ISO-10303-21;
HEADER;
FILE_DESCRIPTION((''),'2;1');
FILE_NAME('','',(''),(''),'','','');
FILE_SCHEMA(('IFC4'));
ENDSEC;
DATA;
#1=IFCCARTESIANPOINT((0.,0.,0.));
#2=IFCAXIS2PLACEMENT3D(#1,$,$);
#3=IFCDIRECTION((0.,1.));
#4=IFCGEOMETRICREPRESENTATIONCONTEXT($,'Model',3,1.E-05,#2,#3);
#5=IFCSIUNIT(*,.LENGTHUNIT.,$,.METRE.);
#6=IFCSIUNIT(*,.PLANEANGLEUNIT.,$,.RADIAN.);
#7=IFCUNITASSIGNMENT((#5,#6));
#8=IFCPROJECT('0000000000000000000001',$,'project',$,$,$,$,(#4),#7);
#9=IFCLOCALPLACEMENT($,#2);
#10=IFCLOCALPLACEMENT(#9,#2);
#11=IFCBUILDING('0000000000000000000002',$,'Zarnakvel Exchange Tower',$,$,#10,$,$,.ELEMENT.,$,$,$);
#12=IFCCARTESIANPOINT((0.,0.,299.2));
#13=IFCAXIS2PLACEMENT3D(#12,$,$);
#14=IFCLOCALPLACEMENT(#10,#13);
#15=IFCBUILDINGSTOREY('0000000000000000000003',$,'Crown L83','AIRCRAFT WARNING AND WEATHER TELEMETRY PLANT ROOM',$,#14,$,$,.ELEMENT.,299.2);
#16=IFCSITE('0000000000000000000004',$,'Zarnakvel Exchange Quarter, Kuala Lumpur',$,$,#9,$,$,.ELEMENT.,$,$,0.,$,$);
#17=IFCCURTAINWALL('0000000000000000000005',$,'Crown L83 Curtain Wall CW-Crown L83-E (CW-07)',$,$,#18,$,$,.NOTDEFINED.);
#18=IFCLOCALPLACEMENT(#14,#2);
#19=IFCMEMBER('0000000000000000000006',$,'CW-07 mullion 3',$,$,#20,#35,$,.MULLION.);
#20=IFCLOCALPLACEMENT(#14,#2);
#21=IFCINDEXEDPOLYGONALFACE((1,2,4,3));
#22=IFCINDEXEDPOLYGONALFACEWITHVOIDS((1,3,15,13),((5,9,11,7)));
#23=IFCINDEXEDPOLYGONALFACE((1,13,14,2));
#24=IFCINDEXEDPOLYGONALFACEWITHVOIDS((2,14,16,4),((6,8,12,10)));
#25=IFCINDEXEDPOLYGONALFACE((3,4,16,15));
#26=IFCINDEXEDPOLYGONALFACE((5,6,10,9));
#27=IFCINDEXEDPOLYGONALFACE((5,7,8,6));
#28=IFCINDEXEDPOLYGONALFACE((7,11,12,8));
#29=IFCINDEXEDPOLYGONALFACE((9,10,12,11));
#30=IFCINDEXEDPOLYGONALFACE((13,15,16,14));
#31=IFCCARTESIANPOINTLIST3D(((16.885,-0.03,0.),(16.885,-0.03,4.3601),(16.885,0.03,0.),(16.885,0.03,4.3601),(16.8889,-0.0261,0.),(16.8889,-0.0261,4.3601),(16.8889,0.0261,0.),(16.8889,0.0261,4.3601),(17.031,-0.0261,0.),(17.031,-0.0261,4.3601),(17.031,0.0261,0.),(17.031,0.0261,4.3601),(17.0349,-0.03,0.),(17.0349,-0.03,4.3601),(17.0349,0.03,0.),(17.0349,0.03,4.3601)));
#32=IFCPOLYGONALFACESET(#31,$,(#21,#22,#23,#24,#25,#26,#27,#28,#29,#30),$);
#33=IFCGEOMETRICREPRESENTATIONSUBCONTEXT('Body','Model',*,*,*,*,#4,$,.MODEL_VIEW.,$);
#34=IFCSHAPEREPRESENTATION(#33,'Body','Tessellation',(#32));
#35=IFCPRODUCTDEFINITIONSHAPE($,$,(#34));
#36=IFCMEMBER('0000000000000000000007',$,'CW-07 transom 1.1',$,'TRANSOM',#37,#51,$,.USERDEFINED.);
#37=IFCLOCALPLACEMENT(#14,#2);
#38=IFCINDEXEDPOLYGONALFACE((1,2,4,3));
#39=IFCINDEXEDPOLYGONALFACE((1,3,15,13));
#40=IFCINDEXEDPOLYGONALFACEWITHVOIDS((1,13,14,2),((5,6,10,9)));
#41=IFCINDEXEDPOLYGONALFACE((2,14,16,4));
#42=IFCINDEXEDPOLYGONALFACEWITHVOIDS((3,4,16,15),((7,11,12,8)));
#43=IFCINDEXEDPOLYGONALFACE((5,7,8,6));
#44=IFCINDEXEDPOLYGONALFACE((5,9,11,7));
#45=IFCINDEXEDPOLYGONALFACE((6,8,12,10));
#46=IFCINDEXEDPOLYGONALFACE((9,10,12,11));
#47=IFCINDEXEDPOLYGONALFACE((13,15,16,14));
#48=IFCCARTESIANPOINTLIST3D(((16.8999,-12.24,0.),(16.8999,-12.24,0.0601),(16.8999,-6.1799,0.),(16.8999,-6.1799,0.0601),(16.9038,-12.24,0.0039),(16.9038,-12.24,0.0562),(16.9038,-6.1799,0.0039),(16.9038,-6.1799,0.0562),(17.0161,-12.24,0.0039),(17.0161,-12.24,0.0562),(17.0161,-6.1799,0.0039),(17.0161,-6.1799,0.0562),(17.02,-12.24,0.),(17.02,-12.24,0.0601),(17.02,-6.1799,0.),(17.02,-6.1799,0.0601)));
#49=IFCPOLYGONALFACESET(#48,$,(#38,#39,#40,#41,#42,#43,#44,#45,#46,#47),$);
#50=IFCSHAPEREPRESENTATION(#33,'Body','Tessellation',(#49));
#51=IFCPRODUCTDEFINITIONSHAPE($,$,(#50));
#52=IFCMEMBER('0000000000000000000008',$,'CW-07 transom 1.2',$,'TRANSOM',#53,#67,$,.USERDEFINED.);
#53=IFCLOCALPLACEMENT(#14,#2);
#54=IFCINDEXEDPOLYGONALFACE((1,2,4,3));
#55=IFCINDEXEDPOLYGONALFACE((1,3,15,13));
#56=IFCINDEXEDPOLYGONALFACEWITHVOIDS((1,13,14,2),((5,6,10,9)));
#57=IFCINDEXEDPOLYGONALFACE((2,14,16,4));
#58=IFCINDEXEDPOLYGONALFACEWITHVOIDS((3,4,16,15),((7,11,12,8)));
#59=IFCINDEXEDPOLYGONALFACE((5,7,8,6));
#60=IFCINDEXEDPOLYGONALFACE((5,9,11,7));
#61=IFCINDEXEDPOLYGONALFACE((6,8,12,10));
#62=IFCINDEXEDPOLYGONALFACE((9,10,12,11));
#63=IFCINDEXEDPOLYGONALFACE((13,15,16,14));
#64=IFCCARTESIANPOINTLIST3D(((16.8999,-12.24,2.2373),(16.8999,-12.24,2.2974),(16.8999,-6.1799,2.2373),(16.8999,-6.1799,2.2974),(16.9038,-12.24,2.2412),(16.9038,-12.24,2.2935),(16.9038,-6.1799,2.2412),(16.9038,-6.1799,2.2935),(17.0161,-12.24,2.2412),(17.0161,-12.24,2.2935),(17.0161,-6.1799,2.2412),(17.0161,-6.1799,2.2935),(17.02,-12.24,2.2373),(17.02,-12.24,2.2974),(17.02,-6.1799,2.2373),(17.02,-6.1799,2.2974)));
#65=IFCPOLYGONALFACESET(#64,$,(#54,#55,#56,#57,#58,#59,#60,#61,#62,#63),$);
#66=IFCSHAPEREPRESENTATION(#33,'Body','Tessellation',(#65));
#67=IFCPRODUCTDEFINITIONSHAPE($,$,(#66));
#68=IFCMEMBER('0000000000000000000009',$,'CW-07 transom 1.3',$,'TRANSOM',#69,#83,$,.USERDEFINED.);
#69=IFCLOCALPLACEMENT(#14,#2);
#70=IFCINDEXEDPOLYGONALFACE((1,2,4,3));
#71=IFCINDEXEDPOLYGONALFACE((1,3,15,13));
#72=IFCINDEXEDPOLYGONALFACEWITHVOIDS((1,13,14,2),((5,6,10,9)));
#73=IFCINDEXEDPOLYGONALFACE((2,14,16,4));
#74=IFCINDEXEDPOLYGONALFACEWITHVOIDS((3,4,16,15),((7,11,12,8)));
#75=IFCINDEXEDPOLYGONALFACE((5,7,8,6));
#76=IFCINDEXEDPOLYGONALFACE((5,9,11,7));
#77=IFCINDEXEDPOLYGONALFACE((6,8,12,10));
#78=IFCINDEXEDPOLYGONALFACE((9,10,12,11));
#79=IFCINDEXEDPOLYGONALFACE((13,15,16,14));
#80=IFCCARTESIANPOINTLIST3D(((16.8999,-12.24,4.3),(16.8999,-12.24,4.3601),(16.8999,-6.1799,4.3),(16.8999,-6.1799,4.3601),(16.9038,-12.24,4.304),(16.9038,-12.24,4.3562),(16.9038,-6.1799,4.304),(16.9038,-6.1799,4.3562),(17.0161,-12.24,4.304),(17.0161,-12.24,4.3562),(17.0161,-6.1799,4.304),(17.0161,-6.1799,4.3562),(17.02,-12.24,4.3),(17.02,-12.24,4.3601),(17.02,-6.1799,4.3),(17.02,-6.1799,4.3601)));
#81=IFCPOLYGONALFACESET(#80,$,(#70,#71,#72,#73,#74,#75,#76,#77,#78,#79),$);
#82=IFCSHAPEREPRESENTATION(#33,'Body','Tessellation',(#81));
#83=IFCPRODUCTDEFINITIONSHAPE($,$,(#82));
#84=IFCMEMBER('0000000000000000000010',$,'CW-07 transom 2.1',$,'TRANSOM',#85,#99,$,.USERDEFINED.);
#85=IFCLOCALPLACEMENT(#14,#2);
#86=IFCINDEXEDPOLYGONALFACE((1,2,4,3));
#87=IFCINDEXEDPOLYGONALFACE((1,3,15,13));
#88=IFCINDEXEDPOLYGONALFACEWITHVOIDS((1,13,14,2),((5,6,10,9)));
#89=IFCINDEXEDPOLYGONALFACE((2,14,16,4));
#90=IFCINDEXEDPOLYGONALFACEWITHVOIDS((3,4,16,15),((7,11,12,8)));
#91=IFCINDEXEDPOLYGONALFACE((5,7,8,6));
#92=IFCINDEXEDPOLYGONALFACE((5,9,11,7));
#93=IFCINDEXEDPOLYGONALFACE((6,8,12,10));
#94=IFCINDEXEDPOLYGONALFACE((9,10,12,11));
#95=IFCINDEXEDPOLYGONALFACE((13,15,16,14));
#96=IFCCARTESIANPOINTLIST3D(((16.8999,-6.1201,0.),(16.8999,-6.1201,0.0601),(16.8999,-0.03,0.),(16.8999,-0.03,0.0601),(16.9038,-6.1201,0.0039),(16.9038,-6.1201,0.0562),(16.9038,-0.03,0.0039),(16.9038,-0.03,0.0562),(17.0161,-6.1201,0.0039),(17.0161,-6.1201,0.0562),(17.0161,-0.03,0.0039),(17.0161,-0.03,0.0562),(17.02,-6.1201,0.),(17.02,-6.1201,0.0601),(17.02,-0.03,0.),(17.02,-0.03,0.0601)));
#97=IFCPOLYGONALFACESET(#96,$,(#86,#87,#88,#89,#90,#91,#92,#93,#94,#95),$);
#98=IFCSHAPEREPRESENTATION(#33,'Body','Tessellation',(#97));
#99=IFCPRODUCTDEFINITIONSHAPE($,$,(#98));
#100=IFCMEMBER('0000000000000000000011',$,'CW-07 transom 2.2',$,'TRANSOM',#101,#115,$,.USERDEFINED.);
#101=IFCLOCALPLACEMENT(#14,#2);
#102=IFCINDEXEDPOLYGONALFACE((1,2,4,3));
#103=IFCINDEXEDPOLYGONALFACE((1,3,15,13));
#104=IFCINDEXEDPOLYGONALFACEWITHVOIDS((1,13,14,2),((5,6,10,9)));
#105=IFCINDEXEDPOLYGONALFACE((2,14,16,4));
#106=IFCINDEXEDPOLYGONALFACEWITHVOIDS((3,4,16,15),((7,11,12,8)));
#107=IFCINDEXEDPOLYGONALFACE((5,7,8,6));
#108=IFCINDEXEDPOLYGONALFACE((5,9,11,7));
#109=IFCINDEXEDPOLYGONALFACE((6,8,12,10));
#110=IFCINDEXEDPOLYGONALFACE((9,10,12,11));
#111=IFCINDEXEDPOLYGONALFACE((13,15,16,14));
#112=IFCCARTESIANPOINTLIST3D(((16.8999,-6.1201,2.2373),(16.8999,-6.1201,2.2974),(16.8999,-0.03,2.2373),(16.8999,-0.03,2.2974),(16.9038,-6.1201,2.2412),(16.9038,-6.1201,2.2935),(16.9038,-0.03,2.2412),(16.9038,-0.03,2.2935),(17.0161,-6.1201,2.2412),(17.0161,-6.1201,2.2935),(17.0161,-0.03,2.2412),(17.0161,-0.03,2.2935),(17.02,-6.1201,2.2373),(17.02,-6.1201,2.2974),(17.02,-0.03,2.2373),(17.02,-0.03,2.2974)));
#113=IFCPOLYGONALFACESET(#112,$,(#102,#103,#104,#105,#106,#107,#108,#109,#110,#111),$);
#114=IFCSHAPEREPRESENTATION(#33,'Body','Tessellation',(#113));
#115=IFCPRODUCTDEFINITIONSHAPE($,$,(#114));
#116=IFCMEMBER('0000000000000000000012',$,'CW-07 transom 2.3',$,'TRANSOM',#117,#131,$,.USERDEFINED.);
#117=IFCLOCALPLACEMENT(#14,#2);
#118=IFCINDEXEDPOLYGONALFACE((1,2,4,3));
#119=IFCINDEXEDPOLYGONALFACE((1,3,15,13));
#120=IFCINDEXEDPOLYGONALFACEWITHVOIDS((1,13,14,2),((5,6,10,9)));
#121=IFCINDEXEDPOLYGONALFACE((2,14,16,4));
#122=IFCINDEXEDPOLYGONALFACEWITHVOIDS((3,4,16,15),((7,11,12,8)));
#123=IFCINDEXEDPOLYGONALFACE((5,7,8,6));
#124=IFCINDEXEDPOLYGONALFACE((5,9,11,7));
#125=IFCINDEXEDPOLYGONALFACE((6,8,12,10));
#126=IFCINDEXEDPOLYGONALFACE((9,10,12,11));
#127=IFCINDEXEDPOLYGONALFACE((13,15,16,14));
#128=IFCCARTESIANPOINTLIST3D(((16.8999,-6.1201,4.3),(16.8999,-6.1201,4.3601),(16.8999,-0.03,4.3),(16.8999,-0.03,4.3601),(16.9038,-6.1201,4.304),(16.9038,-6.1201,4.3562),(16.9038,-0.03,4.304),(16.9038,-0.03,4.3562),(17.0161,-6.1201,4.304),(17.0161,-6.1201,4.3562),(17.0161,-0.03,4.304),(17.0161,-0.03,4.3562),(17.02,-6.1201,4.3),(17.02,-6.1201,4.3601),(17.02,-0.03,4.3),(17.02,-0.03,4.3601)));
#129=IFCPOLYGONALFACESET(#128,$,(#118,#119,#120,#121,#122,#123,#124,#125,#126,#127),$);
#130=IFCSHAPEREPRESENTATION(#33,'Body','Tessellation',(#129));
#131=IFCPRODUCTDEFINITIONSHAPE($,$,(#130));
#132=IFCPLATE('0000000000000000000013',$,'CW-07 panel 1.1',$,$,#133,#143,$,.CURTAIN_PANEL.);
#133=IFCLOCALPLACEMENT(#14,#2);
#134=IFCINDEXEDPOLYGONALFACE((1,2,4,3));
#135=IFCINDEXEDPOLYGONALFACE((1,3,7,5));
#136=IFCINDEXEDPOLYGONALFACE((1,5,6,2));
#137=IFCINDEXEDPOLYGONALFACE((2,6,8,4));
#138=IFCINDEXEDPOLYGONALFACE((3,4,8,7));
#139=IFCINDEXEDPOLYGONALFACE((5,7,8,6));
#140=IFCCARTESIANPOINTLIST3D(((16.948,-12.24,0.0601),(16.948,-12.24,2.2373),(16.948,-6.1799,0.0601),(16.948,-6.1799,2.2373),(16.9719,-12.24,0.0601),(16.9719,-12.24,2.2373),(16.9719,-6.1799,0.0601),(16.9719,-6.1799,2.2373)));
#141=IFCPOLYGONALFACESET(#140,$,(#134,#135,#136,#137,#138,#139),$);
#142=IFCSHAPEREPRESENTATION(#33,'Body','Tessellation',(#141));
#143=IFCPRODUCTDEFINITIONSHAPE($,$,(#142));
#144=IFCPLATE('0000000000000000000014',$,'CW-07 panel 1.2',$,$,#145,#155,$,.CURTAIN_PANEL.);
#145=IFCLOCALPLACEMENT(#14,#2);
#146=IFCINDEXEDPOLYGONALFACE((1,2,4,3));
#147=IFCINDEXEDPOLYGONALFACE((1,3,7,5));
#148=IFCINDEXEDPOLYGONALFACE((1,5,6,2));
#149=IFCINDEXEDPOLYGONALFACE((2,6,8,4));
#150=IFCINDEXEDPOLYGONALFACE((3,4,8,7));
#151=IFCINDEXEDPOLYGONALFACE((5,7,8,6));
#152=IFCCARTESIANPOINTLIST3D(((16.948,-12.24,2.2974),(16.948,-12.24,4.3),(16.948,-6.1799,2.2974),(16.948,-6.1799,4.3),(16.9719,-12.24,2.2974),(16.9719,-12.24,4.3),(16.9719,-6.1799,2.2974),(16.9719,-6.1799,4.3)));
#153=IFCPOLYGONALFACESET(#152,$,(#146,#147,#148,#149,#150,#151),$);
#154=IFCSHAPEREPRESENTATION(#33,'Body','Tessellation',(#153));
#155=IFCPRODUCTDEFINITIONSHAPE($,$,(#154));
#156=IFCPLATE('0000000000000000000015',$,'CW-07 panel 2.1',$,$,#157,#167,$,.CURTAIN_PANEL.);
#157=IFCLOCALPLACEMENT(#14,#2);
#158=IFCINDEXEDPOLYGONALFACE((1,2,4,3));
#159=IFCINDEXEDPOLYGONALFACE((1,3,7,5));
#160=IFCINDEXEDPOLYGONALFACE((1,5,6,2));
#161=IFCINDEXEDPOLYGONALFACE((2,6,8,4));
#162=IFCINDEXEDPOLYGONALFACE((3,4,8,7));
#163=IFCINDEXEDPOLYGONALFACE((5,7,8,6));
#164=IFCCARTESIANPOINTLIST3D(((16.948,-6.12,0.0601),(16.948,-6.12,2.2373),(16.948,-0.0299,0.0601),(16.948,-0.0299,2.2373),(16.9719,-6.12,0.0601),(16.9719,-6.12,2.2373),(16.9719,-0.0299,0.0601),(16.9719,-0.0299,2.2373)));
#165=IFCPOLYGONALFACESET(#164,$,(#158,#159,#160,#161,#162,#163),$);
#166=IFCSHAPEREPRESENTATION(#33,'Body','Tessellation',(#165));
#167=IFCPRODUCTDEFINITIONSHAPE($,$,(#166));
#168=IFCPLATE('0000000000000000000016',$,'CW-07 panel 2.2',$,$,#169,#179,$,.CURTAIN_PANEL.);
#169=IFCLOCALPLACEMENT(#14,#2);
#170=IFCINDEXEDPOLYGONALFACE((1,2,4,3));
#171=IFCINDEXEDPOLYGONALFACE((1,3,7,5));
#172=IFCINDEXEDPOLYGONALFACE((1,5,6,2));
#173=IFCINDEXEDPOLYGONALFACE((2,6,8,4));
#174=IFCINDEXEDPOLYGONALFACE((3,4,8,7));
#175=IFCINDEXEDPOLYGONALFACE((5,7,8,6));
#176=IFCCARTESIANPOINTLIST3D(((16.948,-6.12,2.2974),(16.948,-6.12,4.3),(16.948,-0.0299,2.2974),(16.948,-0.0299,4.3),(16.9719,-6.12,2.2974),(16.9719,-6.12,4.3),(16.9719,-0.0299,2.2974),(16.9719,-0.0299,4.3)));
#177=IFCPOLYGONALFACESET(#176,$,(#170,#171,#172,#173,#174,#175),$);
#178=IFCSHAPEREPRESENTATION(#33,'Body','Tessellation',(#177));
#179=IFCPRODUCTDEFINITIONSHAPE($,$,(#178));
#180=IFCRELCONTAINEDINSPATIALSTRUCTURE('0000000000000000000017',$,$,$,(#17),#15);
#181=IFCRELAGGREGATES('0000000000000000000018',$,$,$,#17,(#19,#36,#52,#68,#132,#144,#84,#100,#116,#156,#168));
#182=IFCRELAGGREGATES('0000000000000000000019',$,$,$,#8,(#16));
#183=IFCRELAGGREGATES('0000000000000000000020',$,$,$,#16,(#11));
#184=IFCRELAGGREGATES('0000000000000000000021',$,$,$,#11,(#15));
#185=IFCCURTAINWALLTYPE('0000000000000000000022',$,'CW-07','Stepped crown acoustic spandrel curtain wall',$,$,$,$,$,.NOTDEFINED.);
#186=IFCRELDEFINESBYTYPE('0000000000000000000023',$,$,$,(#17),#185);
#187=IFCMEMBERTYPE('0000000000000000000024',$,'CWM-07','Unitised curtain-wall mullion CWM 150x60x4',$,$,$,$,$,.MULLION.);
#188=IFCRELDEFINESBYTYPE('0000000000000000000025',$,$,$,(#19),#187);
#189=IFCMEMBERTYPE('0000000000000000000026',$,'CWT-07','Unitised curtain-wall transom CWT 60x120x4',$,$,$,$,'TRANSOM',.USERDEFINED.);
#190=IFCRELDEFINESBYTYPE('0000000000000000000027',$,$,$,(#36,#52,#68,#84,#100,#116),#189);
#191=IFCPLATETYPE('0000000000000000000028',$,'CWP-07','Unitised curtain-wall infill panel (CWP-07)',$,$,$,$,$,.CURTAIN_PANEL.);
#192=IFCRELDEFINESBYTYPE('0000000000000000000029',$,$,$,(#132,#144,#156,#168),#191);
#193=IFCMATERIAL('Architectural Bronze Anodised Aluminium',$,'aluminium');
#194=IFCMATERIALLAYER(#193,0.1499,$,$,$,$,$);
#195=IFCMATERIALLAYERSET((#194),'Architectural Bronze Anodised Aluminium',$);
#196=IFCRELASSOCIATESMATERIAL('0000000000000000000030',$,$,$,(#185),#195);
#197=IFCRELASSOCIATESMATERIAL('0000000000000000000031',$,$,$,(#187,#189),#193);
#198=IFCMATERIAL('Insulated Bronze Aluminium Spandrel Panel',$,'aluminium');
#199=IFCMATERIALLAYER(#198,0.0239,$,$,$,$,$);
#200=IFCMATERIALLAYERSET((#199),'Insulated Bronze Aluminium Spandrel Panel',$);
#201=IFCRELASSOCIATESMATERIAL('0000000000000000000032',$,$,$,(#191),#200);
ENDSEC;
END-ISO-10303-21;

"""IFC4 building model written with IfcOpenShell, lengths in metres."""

from ifc_helpers import new_model, si_unit, direction, frame, origin, origin_2d, place, context, subcontext, project, spatial, rectangle, hollow_rectangle, extrude, source, transform, mapped, material, layer, layer_set, material_profile, profile_set, type_object, element, aggregate, save


model = new_model("IFC4")

# Units and contexts
model_context = context("Model", 3, precision=1e-05, world=origin(), true_north=direction((0.0, 1.0)))
body_context = subcontext(model_context, "Body", "Model", "MODEL_VIEW")
ifc_project = project(units=[si_unit("LENGTHUNIT", "METRE"), si_unit("PLANEANGLEUNIT", "RADIAN")], contexts=[model_context])

# Site, building, storey
site_placement = place(None, origin())
site = spatial("IfcSite", under=ifc_project, at=site_placement, Name="Zarnakvel Exchange Quarter, Kuala Lumpur", CompositionType="ELEMENT", RefElevation=0.0)
building_placement = place(site_placement, origin())
building = spatial("IfcBuilding", under=site, at=building_placement, Name="Zarnakvel Exchange Tower", CompositionType="ELEMENT")
storey_placement = place(building_placement, frame((0.0, 0.0, 299.2)))
storey = spatial("IfcBuildingStorey", under=building, at=storey_placement, Name="Crown L83", Description="AIRCRAFT WARNING AND WEATHER TELEMETRY PLANT ROOM", CompositionType="ELEMENT", Elevation=299.2)

# Shared definitions
ifc_material_1 = material(Name="Architectural Bronze Anodised Aluminium", Category="aluminium")
ifc_layer_1 = layer(ifc_material_1, 0.1499)
ifc_layer_set_1 = layer_set([ifc_layer_1], Name="Architectural Bronze Anodised Aluminium")
curtain_wall_type = type_object("IfcCurtainWallType", Name="CW-07", Description="Stepped crown acoustic spandrel curtain wall", PredefinedType="NOTDEFINED", material=ifc_layer_set_1)
ifc_material_profile_1 = material_profile(ifc_material_1, hollow_rectangle(XDim=0.1499, YDim=0.0601, WallThickness=0.0039, at=origin_2d()))
ifc_profile_set_1 = profile_set([ifc_material_profile_1], Name="Architectural Bronze Anodised Aluminium")
member_type_1 = type_object("IfcMemberType", Name="CWM-07", Description="Unitised curtain-wall mullion CWM 150x60x4", PredefinedType="MULLION", material=ifc_profile_set_1)
shared_shape_1 = source(origin(), body_context, "Body", "SweptSolid", [
    extrude(hollow_rectangle(XDim=0.1499, YDim=0.0601, WallThickness=0.0039, at=origin_2d()), origin(), (0.0, 0.0, 1.0), 4.3601),
])

# Curtain wall, members, plates
curtain_wall_1_placement = place(storey_placement, origin())
curtain_wall_1 = element("IfcCurtainWall", 1, at=curtain_wall_1_placement, inside=storey, type_object=curtain_wall_type, Name="Crown L83 Curtain Wall CW-Crown L83-E (CW-07)", PredefinedType="NOTDEFINED")
member_1_placement = place(storey_placement, frame((16.96, 0.0, 0.0), z_axis=(0.0, 0.0, 1.0), x_axis=(-1.0, 0.0, 0.0)))
member_1 = element("IfcMember", 2, at=member_1_placement, type_object=member_type_1, Name="CW-07 mullion 3", PredefinedType="MULLION", context=body_context, shape_type="MappedRepresentation", body=[
    mapped(shared_shape_1, transform((0.0, 0.0, 0.0), x_axis=(1.0, 0.0, 0.0), y_axis=(0.0, 1.0, 0.0), z_axis=(0.0, 0.0, 1.0), scale=1.0)),
])
ifc_material_profile_2 = material_profile(ifc_material_1, hollow_rectangle(XDim=0.1201, YDim=0.0601, WallThickness=0.0039, at=origin_2d()))
ifc_profile_set_2 = profile_set([ifc_material_profile_2], Name="Architectural Bronze Anodised Aluminium")
member_type_2 = type_object("IfcMemberType", Name="CWT-07", Description="Unitised curtain-wall transom CWT 60x120x4", ElementType="TRANSOM", PredefinedType="USERDEFINED", material=ifc_profile_set_2)
shared_shape_2 = source(origin(), body_context, "Body", "SweptSolid", [
    extrude(hollow_rectangle(XDim=0.1201, YDim=0.0601, WallThickness=0.0039, at=origin_2d()), origin(), (0.0, 0.0, 1.0), 6.0601),
])
member_2_placement = place(storey_placement, frame((16.96, -12.24, 0.03), z_axis=(0.0, 1.0, 0.0), x_axis=(-1.0, 0.0, 0.0)))
member_2 = element("IfcMember", 3, at=member_2_placement, type_object=member_type_2, Name="CW-07 transom 1.1", ObjectType="TRANSOM", PredefinedType="USERDEFINED", context=body_context, shape_type="MappedRepresentation", body=[
    mapped(shared_shape_2, transform((0.0, 0.0, 0.0), x_axis=(1.0, 0.0, 0.0), y_axis=(0.0, 1.0, 0.0), z_axis=(0.0, 0.0, 1.0), scale=1.0)),
])
member_3_placement = place(storey_placement, frame((16.96, -12.24, 2.2673), z_axis=(0.0, 1.0, 0.0), x_axis=(-1.0, 0.0, 0.0)))
member_3 = element("IfcMember", 4, at=member_3_placement, type_object=member_type_2, Name="CW-07 transom 1.2", ObjectType="TRANSOM", PredefinedType="USERDEFINED", context=body_context, shape_type="MappedRepresentation", body=[
    mapped(shared_shape_2, transform((0.0, 0.0, 0.0), x_axis=(1.0, 0.0, 0.0), y_axis=(0.0, 1.0, 0.0), z_axis=(0.0, 0.0, 1.0), scale=1.0)),
])
member_4_placement = place(storey_placement, frame((16.96, -12.24, 4.3301), z_axis=(0.0, 1.0, 0.0), x_axis=(-1.0, 0.0, 0.0)))
member_4 = element("IfcMember", 5, at=member_4_placement, type_object=member_type_2, Name="CW-07 transom 1.3", ObjectType="TRANSOM", PredefinedType="USERDEFINED", context=body_context, shape_type="MappedRepresentation", body=[
    mapped(shared_shape_2, transform((0.0, 0.0, 0.0), x_axis=(1.0, 0.0, 0.0), y_axis=(0.0, 1.0, 0.0), z_axis=(0.0, 0.0, 1.0), scale=1.0)),
])
shared_shape_3 = source(origin(), body_context, "Body", "SweptSolid", [
    extrude(hollow_rectangle(XDim=0.1201, YDim=0.0601, WallThickness=0.0039, at=origin_2d()), origin(), (0.0, 0.0, 1.0), 6.0901),
])
member_5_placement = place(storey_placement, frame((16.96, -6.1201, 0.03), z_axis=(0.0, 1.0, 0.0), x_axis=(-1.0, 0.0, 0.0)))
member_5 = element("IfcMember", 6, at=member_5_placement, type_object=member_type_2, Name="CW-07 transom 2.1", ObjectType="TRANSOM", PredefinedType="USERDEFINED", context=body_context, shape_type="MappedRepresentation", body=[
    mapped(shared_shape_3, transform((0.0, 0.0, 0.0), x_axis=(1.0, 0.0, 0.0), y_axis=(0.0, 1.0, 0.0), z_axis=(0.0, 0.0, 1.0), scale=1.0)),
])
member_6_placement = place(storey_placement, frame((16.96, -6.1201, 2.2673), z_axis=(0.0, 1.0, 0.0), x_axis=(-1.0, 0.0, 0.0)))
member_6 = element("IfcMember", 7, at=member_6_placement, type_object=member_type_2, Name="CW-07 transom 2.2", ObjectType="TRANSOM", PredefinedType="USERDEFINED", context=body_context, shape_type="MappedRepresentation", body=[
    mapped(shared_shape_3, transform((0.0, 0.0, 0.0), x_axis=(1.0, 0.0, 0.0), y_axis=(0.0, 1.0, 0.0), z_axis=(0.0, 0.0, 1.0), scale=1.0)),
])
member_7_placement = place(storey_placement, frame((16.96, -6.1201, 4.3301), z_axis=(0.0, 1.0, 0.0), x_axis=(-1.0, 0.0, 0.0)))
member_7 = element("IfcMember", 8, at=member_7_placement, type_object=member_type_2, Name="CW-07 transom 2.3", ObjectType="TRANSOM", PredefinedType="USERDEFINED", context=body_context, shape_type="MappedRepresentation", body=[
    mapped(shared_shape_3, transform((0.0, 0.0, 0.0), x_axis=(1.0, 0.0, 0.0), y_axis=(0.0, 1.0, 0.0), z_axis=(0.0, 0.0, 1.0), scale=1.0)),
])
ifc_material_2 = material(Name="Insulated Bronze Aluminium Spandrel Panel", Category="aluminium")
ifc_layer_2 = layer(ifc_material_2, 0.0239)
ifc_layer_set_2 = layer_set([ifc_layer_2], Name="Insulated Bronze Aluminium Spandrel Panel")
plate_type = type_object("IfcPlateType", Name="CWP-07", Description="Unitised curtain-wall infill panel (CWP-07)", PredefinedType="CURTAIN_PANEL", material=ifc_layer_set_2)
shared_shape_4 = source(origin(), body_context, "Body", "SweptSolid", [
    extrude(rectangle(XDim=6.0601, YDim=0.0239, at=origin_2d()), origin(), (0.0, 0.0, 1.0), 2.1772),
])
plate_1_placement = place(storey_placement, frame((16.96, -9.21, 0.0601), z_axis=(0.0, 0.0, 1.0), x_axis=(0.0, 1.0, 0.0)))
plate_1 = element("IfcPlate", 9, at=plate_1_placement, type_object=plate_type, Name="CW-07 panel 1.1", PredefinedType="CURTAIN_PANEL", context=body_context, shape_type="MappedRepresentation", body=[
    mapped(shared_shape_4, transform((0.0, 0.0, 0.0), x_axis=(1.0, 0.0, 0.0), y_axis=(0.0, 1.0, 0.0), z_axis=(0.0, 0.0, 1.0), scale=1.0)),
])
shared_shape_5 = source(origin(), body_context, "Body", "SweptSolid", [
    extrude(rectangle(XDim=6.0601, YDim=0.0239, at=origin_2d()), origin(), (0.0, 0.0, 1.0), 2.0027),
])
plate_2_placement = place(storey_placement, frame((16.96, -9.21, 2.2974), z_axis=(0.0, 0.0, 1.0), x_axis=(0.0, 1.0, 0.0)))
plate_2 = element("IfcPlate", 10, at=plate_2_placement, type_object=plate_type, Name="CW-07 panel 1.2", PredefinedType="CURTAIN_PANEL", context=body_context, shape_type="MappedRepresentation", body=[
    mapped(shared_shape_5, transform((0.0, 0.0, 0.0), x_axis=(1.0, 0.0, 0.0), y_axis=(0.0, 1.0, 0.0), z_axis=(0.0, 0.0, 1.0), scale=1.0)),
])
shared_shape_6 = source(origin(), body_context, "Body", "SweptSolid", [
    extrude(rectangle(XDim=6.0901, YDim=0.0239, at=origin_2d()), origin(), (0.0, 0.0, 1.0), 2.1772),
])
plate_3_placement = place(storey_placement, frame((16.96, -3.075, 0.0601), z_axis=(0.0, 0.0, 1.0), x_axis=(0.0, 1.0, 0.0)))
plate_3 = element("IfcPlate", 11, at=plate_3_placement, type_object=plate_type, Name="CW-07 panel 2.1", PredefinedType="CURTAIN_PANEL", context=body_context, shape_type="MappedRepresentation", body=[
    mapped(shared_shape_6, transform((0.0, 0.0, 0.0), x_axis=(1.0, 0.0, 0.0), y_axis=(0.0, 1.0, 0.0), z_axis=(0.0, 0.0, 1.0), scale=1.0)),
])
shared_shape_7 = source(origin(), body_context, "Body", "SweptSolid", [
    extrude(rectangle(XDim=6.0901, YDim=0.0239, at=origin_2d()), origin(), (0.0, 0.0, 1.0), 2.0027),
])
plate_4_placement = place(storey_placement, frame((16.96, -3.075, 2.2974), z_axis=(0.0, 0.0, 1.0), x_axis=(0.0, 1.0, 0.0)))
plate_4 = element("IfcPlate", 12, at=plate_4_placement, type_object=plate_type, Name="CW-07 panel 2.2", PredefinedType="CURTAIN_PANEL", context=body_context, shape_type="MappedRepresentation", body=[
    mapped(shared_shape_7, transform((0.0, 0.0, 0.0), x_axis=(1.0, 0.0, 0.0), y_axis=(0.0, 1.0, 0.0), z_axis=(0.0, 0.0, 1.0), scale=1.0)),
])
aggregate(curtain_wall_1, [member_1, member_2, member_3, member_4, plate_1, plate_2, member_5, member_6, member_7, plate_3, plate_4])

save(model, "model.ifc")
